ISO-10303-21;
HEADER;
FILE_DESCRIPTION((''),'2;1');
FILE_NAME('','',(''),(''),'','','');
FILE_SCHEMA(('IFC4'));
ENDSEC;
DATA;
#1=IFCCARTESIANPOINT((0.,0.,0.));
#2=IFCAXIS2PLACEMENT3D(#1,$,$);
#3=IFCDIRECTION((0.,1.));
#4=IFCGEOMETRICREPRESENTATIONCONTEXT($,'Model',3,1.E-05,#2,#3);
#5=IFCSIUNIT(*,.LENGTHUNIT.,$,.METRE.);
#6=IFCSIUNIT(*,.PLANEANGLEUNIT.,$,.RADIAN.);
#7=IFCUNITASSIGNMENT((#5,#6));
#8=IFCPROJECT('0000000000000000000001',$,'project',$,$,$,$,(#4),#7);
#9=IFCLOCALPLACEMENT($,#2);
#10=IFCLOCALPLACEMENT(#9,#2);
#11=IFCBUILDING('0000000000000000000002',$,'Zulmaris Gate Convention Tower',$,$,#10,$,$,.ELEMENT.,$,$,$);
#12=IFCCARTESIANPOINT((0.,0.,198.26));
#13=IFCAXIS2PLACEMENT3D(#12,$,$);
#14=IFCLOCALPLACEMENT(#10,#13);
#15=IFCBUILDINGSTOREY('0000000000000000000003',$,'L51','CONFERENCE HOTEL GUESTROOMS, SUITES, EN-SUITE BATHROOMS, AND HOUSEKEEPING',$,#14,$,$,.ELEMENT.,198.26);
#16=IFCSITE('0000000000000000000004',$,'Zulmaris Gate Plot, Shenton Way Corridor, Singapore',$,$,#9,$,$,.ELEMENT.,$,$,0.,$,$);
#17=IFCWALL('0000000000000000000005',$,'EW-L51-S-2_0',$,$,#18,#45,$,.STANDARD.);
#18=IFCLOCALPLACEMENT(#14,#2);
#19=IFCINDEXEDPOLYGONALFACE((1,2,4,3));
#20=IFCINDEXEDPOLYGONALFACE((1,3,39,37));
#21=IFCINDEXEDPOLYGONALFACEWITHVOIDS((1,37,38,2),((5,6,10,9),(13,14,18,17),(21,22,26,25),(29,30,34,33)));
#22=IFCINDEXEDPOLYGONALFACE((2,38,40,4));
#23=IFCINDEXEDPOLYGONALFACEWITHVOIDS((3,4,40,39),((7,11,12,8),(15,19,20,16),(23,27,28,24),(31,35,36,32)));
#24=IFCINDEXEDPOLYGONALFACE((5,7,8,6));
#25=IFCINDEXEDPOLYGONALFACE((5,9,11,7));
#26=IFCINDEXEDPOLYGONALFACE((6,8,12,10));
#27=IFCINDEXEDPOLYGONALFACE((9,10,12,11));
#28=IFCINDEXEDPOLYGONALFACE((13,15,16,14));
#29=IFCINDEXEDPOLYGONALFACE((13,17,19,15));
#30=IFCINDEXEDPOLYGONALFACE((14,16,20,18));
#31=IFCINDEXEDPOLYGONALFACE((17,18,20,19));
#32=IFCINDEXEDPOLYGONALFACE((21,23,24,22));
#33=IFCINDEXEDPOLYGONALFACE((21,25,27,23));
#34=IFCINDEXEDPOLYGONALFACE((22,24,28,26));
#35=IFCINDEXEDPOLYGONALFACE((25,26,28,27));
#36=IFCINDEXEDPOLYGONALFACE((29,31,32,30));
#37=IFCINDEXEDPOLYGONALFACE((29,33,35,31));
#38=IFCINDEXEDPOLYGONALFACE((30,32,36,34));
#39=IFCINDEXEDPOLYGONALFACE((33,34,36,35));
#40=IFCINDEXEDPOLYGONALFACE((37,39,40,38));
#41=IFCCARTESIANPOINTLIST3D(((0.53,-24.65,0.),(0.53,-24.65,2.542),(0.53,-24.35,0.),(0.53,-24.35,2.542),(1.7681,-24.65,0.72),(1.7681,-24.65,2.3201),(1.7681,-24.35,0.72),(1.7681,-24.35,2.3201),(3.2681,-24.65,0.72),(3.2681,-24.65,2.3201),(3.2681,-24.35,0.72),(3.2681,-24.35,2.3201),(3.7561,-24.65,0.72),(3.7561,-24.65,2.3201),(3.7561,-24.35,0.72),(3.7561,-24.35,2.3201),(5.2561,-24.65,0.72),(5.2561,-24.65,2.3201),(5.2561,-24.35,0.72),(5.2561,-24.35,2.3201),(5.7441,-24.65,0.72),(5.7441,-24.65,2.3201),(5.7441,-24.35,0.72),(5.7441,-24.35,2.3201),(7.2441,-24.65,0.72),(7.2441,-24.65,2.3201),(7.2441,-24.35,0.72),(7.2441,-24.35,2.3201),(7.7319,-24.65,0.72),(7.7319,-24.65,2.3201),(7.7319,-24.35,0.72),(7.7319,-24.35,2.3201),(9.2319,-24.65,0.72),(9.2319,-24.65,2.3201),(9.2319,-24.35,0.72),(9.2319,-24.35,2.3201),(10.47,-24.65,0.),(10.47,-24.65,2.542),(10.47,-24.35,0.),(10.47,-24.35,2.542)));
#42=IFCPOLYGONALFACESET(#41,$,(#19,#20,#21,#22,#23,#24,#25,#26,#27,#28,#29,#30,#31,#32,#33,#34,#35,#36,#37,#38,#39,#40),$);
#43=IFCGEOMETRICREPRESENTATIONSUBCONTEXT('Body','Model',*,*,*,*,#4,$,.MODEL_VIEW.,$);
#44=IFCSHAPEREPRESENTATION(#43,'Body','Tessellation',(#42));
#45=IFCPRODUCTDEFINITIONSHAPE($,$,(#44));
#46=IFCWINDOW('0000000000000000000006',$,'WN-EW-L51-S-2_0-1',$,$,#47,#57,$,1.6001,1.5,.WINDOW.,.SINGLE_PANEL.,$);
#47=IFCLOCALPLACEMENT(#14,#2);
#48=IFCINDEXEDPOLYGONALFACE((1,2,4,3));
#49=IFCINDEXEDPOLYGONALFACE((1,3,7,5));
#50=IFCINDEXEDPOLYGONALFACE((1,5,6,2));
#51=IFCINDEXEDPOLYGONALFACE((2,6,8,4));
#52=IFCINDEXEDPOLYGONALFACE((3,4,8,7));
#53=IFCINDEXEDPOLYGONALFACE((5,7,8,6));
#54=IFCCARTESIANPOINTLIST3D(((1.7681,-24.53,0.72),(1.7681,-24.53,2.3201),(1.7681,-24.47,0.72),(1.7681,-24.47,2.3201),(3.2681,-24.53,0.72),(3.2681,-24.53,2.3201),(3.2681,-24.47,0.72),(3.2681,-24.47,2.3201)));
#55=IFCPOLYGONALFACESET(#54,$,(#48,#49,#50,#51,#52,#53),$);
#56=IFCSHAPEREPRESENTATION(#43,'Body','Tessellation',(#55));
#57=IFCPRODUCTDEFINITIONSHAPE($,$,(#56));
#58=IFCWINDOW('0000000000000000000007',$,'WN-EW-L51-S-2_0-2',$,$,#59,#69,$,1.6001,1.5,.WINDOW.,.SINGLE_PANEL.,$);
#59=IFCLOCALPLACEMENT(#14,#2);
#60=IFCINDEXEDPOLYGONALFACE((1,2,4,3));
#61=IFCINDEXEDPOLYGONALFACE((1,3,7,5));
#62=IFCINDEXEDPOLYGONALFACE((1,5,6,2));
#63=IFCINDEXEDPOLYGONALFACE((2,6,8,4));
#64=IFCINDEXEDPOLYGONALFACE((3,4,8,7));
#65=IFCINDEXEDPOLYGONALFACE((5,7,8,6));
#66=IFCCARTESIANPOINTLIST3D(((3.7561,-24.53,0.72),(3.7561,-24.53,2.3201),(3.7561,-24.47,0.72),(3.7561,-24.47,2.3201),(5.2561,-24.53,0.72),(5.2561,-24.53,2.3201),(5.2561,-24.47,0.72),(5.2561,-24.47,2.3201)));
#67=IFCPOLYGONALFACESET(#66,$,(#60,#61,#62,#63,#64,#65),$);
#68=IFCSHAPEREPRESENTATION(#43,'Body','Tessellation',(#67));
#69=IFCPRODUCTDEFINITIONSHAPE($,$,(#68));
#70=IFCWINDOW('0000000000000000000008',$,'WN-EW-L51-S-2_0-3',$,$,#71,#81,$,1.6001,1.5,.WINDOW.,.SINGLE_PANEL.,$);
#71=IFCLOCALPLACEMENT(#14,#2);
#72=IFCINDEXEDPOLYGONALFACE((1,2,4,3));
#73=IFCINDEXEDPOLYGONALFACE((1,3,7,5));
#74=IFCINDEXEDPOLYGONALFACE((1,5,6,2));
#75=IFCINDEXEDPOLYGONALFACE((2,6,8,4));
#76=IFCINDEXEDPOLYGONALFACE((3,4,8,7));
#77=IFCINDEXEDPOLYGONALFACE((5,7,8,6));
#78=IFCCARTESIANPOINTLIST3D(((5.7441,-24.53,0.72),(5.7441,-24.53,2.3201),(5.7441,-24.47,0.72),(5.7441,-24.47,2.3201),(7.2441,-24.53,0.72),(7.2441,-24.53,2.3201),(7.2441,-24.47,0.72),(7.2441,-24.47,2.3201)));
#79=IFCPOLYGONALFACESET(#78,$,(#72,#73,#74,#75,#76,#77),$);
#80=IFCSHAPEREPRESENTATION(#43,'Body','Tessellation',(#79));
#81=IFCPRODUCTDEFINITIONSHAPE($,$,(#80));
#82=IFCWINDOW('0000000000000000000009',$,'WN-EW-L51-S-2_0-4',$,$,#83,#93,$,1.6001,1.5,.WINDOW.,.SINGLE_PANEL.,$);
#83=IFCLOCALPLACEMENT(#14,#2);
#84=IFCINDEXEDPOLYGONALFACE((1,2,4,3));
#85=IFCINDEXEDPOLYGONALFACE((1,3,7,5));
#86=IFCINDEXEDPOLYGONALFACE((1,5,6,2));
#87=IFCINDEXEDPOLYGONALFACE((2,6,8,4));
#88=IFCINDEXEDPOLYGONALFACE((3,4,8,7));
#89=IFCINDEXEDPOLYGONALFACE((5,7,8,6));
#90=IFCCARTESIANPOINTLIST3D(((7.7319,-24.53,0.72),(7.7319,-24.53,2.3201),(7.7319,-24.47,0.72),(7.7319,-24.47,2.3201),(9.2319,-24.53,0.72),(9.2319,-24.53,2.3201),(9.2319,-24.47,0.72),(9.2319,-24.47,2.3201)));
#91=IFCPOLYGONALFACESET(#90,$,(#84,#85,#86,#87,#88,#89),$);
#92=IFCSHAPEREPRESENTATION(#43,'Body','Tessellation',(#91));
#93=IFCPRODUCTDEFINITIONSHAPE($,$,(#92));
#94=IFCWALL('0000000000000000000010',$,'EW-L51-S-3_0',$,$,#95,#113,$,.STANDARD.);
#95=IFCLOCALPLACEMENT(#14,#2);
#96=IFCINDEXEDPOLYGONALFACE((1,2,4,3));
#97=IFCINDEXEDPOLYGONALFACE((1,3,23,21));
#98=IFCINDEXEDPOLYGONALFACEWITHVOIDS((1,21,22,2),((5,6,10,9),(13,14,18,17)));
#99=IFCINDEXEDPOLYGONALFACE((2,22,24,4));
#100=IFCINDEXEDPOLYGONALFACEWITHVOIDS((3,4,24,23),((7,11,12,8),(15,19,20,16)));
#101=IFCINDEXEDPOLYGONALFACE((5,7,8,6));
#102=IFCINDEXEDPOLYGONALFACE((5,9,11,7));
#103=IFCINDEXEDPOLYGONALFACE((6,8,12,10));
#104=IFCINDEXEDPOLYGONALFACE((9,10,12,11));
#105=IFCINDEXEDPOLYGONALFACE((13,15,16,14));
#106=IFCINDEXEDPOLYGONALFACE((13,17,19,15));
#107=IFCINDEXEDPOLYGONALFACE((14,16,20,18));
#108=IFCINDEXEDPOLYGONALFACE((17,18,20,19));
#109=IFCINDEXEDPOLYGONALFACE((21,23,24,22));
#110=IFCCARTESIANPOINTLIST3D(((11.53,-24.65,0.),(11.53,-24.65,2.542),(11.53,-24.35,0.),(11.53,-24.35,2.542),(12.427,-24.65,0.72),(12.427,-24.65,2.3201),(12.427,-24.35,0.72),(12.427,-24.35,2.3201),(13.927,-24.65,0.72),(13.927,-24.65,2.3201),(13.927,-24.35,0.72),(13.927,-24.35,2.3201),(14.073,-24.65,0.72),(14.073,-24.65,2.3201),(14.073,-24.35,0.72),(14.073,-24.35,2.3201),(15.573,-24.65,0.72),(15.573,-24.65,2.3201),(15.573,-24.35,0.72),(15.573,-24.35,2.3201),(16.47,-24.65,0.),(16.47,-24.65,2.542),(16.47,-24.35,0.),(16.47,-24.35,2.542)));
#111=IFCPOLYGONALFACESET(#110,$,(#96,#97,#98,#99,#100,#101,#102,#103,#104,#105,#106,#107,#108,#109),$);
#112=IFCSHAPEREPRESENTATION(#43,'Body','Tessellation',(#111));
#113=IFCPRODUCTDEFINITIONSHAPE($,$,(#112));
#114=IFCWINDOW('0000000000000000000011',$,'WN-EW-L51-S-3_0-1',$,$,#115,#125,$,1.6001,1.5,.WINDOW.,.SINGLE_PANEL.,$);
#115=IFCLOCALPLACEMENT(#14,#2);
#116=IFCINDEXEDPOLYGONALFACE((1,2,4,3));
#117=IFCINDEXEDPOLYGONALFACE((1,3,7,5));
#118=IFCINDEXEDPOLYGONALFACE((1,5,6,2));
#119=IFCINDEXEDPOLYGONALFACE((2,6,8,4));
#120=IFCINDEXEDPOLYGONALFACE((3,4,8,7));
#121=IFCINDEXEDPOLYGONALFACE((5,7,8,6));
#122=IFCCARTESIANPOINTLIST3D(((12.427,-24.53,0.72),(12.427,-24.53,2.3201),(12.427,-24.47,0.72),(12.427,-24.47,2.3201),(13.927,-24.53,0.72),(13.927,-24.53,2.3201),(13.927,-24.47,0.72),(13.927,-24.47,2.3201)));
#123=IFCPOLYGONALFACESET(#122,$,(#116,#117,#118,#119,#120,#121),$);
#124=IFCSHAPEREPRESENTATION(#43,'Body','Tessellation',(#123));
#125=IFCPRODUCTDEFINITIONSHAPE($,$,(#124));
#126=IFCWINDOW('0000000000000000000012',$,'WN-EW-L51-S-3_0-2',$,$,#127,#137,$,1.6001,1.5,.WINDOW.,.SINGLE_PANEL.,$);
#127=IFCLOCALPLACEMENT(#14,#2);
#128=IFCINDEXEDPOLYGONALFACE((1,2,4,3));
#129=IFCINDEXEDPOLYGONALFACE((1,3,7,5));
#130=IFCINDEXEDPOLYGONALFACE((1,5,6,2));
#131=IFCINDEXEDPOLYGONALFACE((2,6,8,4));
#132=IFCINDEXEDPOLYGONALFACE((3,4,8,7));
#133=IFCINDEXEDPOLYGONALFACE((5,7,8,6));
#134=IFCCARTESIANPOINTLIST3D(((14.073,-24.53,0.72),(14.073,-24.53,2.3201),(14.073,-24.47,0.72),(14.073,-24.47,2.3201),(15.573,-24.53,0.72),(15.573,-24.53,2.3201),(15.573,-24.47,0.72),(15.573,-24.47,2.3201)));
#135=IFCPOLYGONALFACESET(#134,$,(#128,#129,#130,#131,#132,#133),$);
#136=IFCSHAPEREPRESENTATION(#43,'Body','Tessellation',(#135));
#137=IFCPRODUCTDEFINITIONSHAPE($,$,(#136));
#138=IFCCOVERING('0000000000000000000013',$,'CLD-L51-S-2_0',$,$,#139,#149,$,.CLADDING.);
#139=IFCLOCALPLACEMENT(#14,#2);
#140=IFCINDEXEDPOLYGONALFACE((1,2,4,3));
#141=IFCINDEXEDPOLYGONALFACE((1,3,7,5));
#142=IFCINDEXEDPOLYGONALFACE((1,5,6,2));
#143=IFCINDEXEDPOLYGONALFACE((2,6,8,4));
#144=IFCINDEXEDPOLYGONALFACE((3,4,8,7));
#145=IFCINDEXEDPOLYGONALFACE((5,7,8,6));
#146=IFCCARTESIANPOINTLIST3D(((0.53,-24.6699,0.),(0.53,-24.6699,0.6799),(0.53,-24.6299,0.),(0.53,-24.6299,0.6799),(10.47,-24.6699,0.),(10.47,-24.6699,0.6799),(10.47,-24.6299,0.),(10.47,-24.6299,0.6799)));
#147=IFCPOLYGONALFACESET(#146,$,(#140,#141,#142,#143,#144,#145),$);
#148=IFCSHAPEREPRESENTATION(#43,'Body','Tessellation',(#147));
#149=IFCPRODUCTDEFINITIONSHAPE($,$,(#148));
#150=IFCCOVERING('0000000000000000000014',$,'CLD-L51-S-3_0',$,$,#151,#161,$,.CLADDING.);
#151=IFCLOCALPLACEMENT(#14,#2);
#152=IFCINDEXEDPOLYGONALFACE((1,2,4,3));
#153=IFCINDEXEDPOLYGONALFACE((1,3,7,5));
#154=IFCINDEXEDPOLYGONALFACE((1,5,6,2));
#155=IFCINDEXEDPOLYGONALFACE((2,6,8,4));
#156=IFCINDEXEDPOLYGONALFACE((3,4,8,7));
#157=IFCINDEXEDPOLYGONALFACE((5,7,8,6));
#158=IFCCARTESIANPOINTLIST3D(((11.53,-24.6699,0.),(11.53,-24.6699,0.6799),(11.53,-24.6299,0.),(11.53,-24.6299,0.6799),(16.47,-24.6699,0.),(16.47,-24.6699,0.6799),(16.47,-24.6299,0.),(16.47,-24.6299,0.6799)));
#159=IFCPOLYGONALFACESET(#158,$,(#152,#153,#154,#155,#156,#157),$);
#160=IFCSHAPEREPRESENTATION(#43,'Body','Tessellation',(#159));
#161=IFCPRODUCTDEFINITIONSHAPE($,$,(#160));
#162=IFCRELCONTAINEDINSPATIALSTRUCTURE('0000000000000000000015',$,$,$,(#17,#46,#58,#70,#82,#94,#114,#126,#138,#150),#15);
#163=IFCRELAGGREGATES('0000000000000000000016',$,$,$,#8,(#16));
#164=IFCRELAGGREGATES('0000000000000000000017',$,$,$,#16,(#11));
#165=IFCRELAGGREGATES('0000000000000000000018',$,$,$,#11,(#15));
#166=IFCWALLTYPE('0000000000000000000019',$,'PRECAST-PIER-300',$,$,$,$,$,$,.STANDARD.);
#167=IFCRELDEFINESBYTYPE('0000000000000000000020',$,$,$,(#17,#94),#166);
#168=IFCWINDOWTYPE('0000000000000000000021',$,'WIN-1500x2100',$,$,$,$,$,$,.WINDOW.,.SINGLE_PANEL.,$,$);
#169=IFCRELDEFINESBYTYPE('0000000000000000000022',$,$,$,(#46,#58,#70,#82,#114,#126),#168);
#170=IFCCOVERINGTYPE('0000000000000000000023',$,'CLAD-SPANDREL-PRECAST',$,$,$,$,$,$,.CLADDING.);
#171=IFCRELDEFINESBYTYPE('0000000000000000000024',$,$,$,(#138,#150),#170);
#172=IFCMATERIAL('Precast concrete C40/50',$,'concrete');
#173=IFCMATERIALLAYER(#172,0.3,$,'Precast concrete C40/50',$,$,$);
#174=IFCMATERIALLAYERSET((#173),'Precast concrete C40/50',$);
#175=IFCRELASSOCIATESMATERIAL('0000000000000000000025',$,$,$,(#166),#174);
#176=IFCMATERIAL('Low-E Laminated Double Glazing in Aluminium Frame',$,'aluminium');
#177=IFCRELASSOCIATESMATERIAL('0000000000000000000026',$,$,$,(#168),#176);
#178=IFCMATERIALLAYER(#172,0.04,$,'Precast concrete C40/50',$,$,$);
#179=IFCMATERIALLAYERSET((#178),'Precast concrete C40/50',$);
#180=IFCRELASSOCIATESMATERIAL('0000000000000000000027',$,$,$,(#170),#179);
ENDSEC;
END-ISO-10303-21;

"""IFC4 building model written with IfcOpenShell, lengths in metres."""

from ifc_helpers import new_model, si_unit, direction, frame, frame_2d, origin, place, context, subcontext, project, spatial, rectangle, extrude, material, layer, layer_set, type_object, element, fill, save


model = new_model("IFC4")

# Units and contexts
model_context = context("Model", 3, precision=1e-05, world=origin(), true_north=direction((0.0, 1.0)))
body_context = subcontext(model_context, "Body", "Model", "MODEL_VIEW")
ifc_project = project(units=[si_unit("LENGTHUNIT", "METRE"), si_unit("PLANEANGLEUNIT", "RADIAN")], contexts=[model_context])

# Site, building, storey
site_placement = place(None, origin())
site = spatial("IfcSite", under=ifc_project, at=site_placement, Name="Zulmaris Gate Plot, Shenton Way Corridor, Singapore", CompositionType="ELEMENT", RefElevation=0.0)
building_placement = place(site_placement, origin())
building = spatial("IfcBuilding", under=site, at=building_placement, Name="Zulmaris Gate Convention Tower", CompositionType="ELEMENT")
storey_placement = place(building_placement, frame((0.0, 0.0, 198.26)))
storey = spatial("IfcBuildingStorey", under=building, at=storey_placement, Name="L51", Description="CONFERENCE HOTEL GUESTROOMS, SUITES, EN-SUITE BATHROOMS, AND HOUSEKEEPING", CompositionType="ELEMENT", Elevation=198.26)

# Walls, openings, windows
ifc_material_1 = material(Name="Precast concrete C40/50", Category="concrete")
ifc_layer_1 = layer(ifc_material_1, 0.3, Name="Precast concrete C40/50")
ifc_layer_set_1 = layer_set([ifc_layer_1], Name="Precast concrete C40/50")
wall_type_1 = type_object("IfcWallType", Name="PRECAST-PIER-300", PredefinedType="STANDARD", material=ifc_layer_set_1)
wall_1_placement = place(storey_placement, frame((0.53, -24.5, 0.0), z_axis=(0.0, 0.0, 1.0), x_axis=(1.0, 0.0, 0.0)))
wall_1 = element("IfcWall", 1, at=wall_1_placement, inside=storey, type_object=wall_type_1, Name="EW-L51-S-2_0", PredefinedType="STANDARD", context=body_context, shape_type="SweptSolid", body=[
    extrude(rectangle(XDim=9.9399, YDim=0.3, at=frame_2d((4.97, 0.0))), origin(), (0.0, 0.0, 1.0), 2.542),
])
opening_1_placement = place(wall_1_placement, frame((1.238, 0.0, 0.72)))
opening_1 = element("IfcOpeningElement", 2, at=opening_1_placement, cuts=wall_1, PredefinedType="OPENING", context=body_context, shape_type="SweptSolid", body=[
    extrude(rectangle(XDim=1.5, YDim=1.6001, at=frame_2d((0.75, 0.8))), frame((0.0, 0.1602, 0.0), z_axis=(0.0, -1.0, 0.0), x_axis=(1.0, 0.0, 0.0)), (0.0, 0.0, 1.0), 0.3201),
])
opening_2_placement = place(wall_1_placement, frame((3.2261, 0.0, 0.72)))
opening_2 = element("IfcOpeningElement", 3, at=opening_2_placement, cuts=wall_1, PredefinedType="OPENING", context=body_context, shape_type="SweptSolid", body=[
    extrude(rectangle(XDim=1.5, YDim=1.6001, at=frame_2d((0.75, 0.8))), frame((0.0, 0.1602, 0.0), z_axis=(0.0, -1.0, 0.0), x_axis=(1.0, 0.0, 0.0)), (0.0, 0.0, 1.0), 0.3201),
])
opening_3_placement = place(wall_1_placement, frame((5.2141, 0.0, 0.72)))
opening_3 = element("IfcOpeningElement", 4, at=opening_3_placement, cuts=wall_1, PredefinedType="OPENING", context=body_context, shape_type="SweptSolid", body=[
    extrude(rectangle(XDim=1.5, YDim=1.6001, at=frame_2d((0.75, 0.8))), frame((0.0, 0.1602, 0.0), z_axis=(0.0, -1.0, 0.0), x_axis=(1.0, 0.0, 0.0)), (0.0, 0.0, 1.0), 0.3201),
])
opening_4_placement = place(wall_1_placement, frame((7.2019, 0.0, 0.72)))
opening_4 = element("IfcOpeningElement", 5, at=opening_4_placement, cuts=wall_1, PredefinedType="OPENING", context=body_context, shape_type="SweptSolid", body=[
    extrude(rectangle(XDim=1.5, YDim=1.6001, at=frame_2d((0.75, 0.8))), frame((0.0, 0.1602, 0.0), z_axis=(0.0, -1.0, 0.0), x_axis=(1.0, 0.0, 0.0)), (0.0, 0.0, 1.0), 0.3201),
])
ifc_material_2 = material(Name="Low-E Laminated Double Glazing in Aluminium Frame", Category="aluminium")
window_type = type_object("IfcWindowType", Name="WIN-1500x2100", PartitioningType="SINGLE_PANEL", PredefinedType="WINDOW", material=ifc_material_2)
window_1_placement = place(opening_1_placement, origin())
window_1 = element("IfcWindow", 6, at=window_1_placement, inside=storey, type_object=window_type, Name="WN-EW-L51-S-2_0-1", OverallHeight=1.6001, OverallWidth=1.5, PartitioningType="SINGLE_PANEL", PredefinedType="WINDOW", context=body_context, shape_type="SweptSolid", body=[
    extrude(rectangle(XDim=1.5, YDim=1.6001, at=frame_2d((0.75, 0.8))), frame((0.0, 0.03, 0.0), z_axis=(0.0, -1.0, 0.0), x_axis=(1.0, 0.0, 0.0)), (0.0, 0.0, 1.0), 0.0601),
])
fill(opening_1, window_1)
window_2_placement = place(opening_2_placement, origin())
window_2 = element("IfcWindow", 7, at=window_2_placement, inside=storey, type_object=window_type, Name="WN-EW-L51-S-2_0-2", OverallHeight=1.6001, OverallWidth=1.5, PartitioningType="SINGLE_PANEL", PredefinedType="WINDOW", context=body_context, shape_type="SweptSolid", body=[
    extrude(rectangle(XDim=1.5, YDim=1.6001, at=frame_2d((0.75, 0.8))), frame((0.0, 0.03, 0.0), z_axis=(0.0, -1.0, 0.0), x_axis=(1.0, 0.0, 0.0)), (0.0, 0.0, 1.0), 0.0601),
])
fill(opening_2, window_2)
window_3_placement = place(opening_3_placement, origin())
window_3 = element("IfcWindow", 8, at=window_3_placement, inside=storey, type_object=window_type, Name="WN-EW-L51-S-2_0-3", OverallHeight=1.6001, OverallWidth=1.5, PartitioningType="SINGLE_PANEL", PredefinedType="WINDOW", context=body_context, shape_type="SweptSolid", body=[
    extrude(rectangle(XDim=1.5, YDim=1.6001, at=frame_2d((0.75, 0.8))), frame((0.0, 0.03, 0.0), z_axis=(0.0, -1.0, 0.0), x_axis=(1.0, 0.0, 0.0)), (0.0, 0.0, 1.0), 0.0601),
])
fill(opening_3, window_3)
window_4_placement = place(opening_4_placement, origin())
window_4 = element("IfcWindow", 9, at=window_4_placement, inside=storey, type_object=window_type, Name="WN-EW-L51-S-2_0-4", OverallHeight=1.6001, OverallWidth=1.5, PartitioningType="SINGLE_PANEL", PredefinedType="WINDOW", context=body_context, shape_type="SweptSolid", body=[
    extrude(rectangle(XDim=1.5, YDim=1.6001, at=frame_2d((0.75, 0.8))), frame((0.0, 0.03, 0.0), z_axis=(0.0, -1.0, 0.0), x_axis=(1.0, 0.0, 0.0)), (0.0, 0.0, 1.0), 0.0601),
])
fill(opening_4, window_4)
wall_2_placement = place(storey_placement, frame((11.53, -24.5, 0.0), z_axis=(0.0, 0.0, 1.0), x_axis=(1.0, 0.0, 0.0)))
wall_2 = element("IfcWall", 10, at=wall_2_placement, inside=storey, type_object=wall_type_1, Name="EW-L51-S-3_0", PredefinedType="STANDARD", context=body_context, shape_type="SweptSolid", body=[
    extrude(rectangle(XDim=4.9399, YDim=0.3, at=frame_2d((2.47, 0.0))), origin(), (0.0, 0.0, 1.0), 2.542),
])
opening_5_placement = place(wall_2_placement, frame((0.897, 0.0, 0.72)))
opening_5 = element("IfcOpeningElement", 11, at=opening_5_placement, cuts=wall_2, PredefinedType="OPENING", context=body_context, shape_type="SweptSolid", body=[
    extrude(rectangle(XDim=1.5, YDim=1.6001, at=frame_2d((0.75, 0.8))), frame((0.0, 0.1602, 0.0), z_axis=(0.0, -1.0, 0.0), x_axis=(1.0, 0.0, 0.0)), (0.0, 0.0, 1.0), 0.3201),
])
opening_6_placement = place(wall_2_placement, frame((2.543, 0.0, 0.72)))
opening_6 = element("IfcOpeningElement", 12, at=opening_6_placement, cuts=wall_2, PredefinedType="OPENING", context=body_context, shape_type="SweptSolid", body=[
    extrude(rectangle(XDim=1.5, YDim=1.6001, at=frame_2d((0.75, 0.8))), frame((0.0, 0.1602, 0.0), z_axis=(0.0, -1.0, 0.0), x_axis=(1.0, 0.0, 0.0)), (0.0, 0.0, 1.0), 0.3201),
])
window_5_placement = place(opening_5_placement, origin())
window_5 = element("IfcWindow", 13, at=window_5_placement, inside=storey, type_object=window_type, Name="WN-EW-L51-S-3_0-1", OverallHeight=1.6001, OverallWidth=1.5, PartitioningType="SINGLE_PANEL", PredefinedType="WINDOW", context=body_context, shape_type="SweptSolid", body=[
    extrude(rectangle(XDim=1.5, YDim=1.6001, at=frame_2d((0.75, 0.8))), frame((0.0, 0.03, 0.0), z_axis=(0.0, -1.0, 0.0), x_axis=(1.0, 0.0, 0.0)), (0.0, 0.0, 1.0), 0.0601),
])
fill(opening_5, window_5)
window_6_placement = place(opening_6_placement, origin())
window_6 = element("IfcWindow", 14, at=window_6_placement, inside=storey, type_object=window_type, Name="WN-EW-L51-S-3_0-2", OverallHeight=1.6001, OverallWidth=1.5, PartitioningType="SINGLE_PANEL", PredefinedType="WINDOW", context=body_context, shape_type="SweptSolid", body=[
    extrude(rectangle(XDim=1.5, YDim=1.6001, at=frame_2d((0.75, 0.8))), frame((0.0, 0.03, 0.0), z_axis=(0.0, -1.0, 0.0), x_axis=(1.0, 0.0, 0.0)), (0.0, 0.0, 1.0), 0.0601),
])
fill(opening_6, window_6)

# Coverings
ifc_layer_2 = layer(ifc_material_1, 0.04, Name="Precast concrete C40/50")
ifc_layer_set_2 = layer_set([ifc_layer_2], Name="Precast concrete C40/50")
covering_type = type_object("IfcCoveringType", Name="CLAD-SPANDREL-PRECAST", PredefinedType="CLADDING", material=ifc_layer_set_2)
covering_1_placement = place(storey_placement, frame((0.53, -24.6499, 0.0), z_axis=(0.0, 0.0, 1.0), x_axis=(1.0, 0.0, 0.0)))
element("IfcCovering", 15, at=covering_1_placement, inside=storey, type_object=covering_type, Name="CLD-L51-S-2_0", PredefinedType="CLADDING", context=body_context, shape_type="SweptSolid", body=[
    extrude(rectangle(XDim=9.9399, YDim=0.04, at=frame_2d((4.97, 0.0))), origin(), (0.0, 0.0, 1.0), 0.6799),
])
covering_2_placement = place(storey_placement, frame((11.53, -24.6499, 0.0), z_axis=(0.0, 0.0, 1.0), x_axis=(1.0, 0.0, 0.0)))
element("IfcCovering", 16, at=covering_2_placement, inside=storey, type_object=covering_type, Name="CLD-L51-S-3_0", PredefinedType="CLADDING", context=body_context, shape_type="SweptSolid", body=[
    extrude(rectangle(XDim=4.9399, YDim=0.04, at=frame_2d((2.47, 0.0))), origin(), (0.0, 0.0, 1.0), 0.6799),
])

save(model, "model.ifc")
